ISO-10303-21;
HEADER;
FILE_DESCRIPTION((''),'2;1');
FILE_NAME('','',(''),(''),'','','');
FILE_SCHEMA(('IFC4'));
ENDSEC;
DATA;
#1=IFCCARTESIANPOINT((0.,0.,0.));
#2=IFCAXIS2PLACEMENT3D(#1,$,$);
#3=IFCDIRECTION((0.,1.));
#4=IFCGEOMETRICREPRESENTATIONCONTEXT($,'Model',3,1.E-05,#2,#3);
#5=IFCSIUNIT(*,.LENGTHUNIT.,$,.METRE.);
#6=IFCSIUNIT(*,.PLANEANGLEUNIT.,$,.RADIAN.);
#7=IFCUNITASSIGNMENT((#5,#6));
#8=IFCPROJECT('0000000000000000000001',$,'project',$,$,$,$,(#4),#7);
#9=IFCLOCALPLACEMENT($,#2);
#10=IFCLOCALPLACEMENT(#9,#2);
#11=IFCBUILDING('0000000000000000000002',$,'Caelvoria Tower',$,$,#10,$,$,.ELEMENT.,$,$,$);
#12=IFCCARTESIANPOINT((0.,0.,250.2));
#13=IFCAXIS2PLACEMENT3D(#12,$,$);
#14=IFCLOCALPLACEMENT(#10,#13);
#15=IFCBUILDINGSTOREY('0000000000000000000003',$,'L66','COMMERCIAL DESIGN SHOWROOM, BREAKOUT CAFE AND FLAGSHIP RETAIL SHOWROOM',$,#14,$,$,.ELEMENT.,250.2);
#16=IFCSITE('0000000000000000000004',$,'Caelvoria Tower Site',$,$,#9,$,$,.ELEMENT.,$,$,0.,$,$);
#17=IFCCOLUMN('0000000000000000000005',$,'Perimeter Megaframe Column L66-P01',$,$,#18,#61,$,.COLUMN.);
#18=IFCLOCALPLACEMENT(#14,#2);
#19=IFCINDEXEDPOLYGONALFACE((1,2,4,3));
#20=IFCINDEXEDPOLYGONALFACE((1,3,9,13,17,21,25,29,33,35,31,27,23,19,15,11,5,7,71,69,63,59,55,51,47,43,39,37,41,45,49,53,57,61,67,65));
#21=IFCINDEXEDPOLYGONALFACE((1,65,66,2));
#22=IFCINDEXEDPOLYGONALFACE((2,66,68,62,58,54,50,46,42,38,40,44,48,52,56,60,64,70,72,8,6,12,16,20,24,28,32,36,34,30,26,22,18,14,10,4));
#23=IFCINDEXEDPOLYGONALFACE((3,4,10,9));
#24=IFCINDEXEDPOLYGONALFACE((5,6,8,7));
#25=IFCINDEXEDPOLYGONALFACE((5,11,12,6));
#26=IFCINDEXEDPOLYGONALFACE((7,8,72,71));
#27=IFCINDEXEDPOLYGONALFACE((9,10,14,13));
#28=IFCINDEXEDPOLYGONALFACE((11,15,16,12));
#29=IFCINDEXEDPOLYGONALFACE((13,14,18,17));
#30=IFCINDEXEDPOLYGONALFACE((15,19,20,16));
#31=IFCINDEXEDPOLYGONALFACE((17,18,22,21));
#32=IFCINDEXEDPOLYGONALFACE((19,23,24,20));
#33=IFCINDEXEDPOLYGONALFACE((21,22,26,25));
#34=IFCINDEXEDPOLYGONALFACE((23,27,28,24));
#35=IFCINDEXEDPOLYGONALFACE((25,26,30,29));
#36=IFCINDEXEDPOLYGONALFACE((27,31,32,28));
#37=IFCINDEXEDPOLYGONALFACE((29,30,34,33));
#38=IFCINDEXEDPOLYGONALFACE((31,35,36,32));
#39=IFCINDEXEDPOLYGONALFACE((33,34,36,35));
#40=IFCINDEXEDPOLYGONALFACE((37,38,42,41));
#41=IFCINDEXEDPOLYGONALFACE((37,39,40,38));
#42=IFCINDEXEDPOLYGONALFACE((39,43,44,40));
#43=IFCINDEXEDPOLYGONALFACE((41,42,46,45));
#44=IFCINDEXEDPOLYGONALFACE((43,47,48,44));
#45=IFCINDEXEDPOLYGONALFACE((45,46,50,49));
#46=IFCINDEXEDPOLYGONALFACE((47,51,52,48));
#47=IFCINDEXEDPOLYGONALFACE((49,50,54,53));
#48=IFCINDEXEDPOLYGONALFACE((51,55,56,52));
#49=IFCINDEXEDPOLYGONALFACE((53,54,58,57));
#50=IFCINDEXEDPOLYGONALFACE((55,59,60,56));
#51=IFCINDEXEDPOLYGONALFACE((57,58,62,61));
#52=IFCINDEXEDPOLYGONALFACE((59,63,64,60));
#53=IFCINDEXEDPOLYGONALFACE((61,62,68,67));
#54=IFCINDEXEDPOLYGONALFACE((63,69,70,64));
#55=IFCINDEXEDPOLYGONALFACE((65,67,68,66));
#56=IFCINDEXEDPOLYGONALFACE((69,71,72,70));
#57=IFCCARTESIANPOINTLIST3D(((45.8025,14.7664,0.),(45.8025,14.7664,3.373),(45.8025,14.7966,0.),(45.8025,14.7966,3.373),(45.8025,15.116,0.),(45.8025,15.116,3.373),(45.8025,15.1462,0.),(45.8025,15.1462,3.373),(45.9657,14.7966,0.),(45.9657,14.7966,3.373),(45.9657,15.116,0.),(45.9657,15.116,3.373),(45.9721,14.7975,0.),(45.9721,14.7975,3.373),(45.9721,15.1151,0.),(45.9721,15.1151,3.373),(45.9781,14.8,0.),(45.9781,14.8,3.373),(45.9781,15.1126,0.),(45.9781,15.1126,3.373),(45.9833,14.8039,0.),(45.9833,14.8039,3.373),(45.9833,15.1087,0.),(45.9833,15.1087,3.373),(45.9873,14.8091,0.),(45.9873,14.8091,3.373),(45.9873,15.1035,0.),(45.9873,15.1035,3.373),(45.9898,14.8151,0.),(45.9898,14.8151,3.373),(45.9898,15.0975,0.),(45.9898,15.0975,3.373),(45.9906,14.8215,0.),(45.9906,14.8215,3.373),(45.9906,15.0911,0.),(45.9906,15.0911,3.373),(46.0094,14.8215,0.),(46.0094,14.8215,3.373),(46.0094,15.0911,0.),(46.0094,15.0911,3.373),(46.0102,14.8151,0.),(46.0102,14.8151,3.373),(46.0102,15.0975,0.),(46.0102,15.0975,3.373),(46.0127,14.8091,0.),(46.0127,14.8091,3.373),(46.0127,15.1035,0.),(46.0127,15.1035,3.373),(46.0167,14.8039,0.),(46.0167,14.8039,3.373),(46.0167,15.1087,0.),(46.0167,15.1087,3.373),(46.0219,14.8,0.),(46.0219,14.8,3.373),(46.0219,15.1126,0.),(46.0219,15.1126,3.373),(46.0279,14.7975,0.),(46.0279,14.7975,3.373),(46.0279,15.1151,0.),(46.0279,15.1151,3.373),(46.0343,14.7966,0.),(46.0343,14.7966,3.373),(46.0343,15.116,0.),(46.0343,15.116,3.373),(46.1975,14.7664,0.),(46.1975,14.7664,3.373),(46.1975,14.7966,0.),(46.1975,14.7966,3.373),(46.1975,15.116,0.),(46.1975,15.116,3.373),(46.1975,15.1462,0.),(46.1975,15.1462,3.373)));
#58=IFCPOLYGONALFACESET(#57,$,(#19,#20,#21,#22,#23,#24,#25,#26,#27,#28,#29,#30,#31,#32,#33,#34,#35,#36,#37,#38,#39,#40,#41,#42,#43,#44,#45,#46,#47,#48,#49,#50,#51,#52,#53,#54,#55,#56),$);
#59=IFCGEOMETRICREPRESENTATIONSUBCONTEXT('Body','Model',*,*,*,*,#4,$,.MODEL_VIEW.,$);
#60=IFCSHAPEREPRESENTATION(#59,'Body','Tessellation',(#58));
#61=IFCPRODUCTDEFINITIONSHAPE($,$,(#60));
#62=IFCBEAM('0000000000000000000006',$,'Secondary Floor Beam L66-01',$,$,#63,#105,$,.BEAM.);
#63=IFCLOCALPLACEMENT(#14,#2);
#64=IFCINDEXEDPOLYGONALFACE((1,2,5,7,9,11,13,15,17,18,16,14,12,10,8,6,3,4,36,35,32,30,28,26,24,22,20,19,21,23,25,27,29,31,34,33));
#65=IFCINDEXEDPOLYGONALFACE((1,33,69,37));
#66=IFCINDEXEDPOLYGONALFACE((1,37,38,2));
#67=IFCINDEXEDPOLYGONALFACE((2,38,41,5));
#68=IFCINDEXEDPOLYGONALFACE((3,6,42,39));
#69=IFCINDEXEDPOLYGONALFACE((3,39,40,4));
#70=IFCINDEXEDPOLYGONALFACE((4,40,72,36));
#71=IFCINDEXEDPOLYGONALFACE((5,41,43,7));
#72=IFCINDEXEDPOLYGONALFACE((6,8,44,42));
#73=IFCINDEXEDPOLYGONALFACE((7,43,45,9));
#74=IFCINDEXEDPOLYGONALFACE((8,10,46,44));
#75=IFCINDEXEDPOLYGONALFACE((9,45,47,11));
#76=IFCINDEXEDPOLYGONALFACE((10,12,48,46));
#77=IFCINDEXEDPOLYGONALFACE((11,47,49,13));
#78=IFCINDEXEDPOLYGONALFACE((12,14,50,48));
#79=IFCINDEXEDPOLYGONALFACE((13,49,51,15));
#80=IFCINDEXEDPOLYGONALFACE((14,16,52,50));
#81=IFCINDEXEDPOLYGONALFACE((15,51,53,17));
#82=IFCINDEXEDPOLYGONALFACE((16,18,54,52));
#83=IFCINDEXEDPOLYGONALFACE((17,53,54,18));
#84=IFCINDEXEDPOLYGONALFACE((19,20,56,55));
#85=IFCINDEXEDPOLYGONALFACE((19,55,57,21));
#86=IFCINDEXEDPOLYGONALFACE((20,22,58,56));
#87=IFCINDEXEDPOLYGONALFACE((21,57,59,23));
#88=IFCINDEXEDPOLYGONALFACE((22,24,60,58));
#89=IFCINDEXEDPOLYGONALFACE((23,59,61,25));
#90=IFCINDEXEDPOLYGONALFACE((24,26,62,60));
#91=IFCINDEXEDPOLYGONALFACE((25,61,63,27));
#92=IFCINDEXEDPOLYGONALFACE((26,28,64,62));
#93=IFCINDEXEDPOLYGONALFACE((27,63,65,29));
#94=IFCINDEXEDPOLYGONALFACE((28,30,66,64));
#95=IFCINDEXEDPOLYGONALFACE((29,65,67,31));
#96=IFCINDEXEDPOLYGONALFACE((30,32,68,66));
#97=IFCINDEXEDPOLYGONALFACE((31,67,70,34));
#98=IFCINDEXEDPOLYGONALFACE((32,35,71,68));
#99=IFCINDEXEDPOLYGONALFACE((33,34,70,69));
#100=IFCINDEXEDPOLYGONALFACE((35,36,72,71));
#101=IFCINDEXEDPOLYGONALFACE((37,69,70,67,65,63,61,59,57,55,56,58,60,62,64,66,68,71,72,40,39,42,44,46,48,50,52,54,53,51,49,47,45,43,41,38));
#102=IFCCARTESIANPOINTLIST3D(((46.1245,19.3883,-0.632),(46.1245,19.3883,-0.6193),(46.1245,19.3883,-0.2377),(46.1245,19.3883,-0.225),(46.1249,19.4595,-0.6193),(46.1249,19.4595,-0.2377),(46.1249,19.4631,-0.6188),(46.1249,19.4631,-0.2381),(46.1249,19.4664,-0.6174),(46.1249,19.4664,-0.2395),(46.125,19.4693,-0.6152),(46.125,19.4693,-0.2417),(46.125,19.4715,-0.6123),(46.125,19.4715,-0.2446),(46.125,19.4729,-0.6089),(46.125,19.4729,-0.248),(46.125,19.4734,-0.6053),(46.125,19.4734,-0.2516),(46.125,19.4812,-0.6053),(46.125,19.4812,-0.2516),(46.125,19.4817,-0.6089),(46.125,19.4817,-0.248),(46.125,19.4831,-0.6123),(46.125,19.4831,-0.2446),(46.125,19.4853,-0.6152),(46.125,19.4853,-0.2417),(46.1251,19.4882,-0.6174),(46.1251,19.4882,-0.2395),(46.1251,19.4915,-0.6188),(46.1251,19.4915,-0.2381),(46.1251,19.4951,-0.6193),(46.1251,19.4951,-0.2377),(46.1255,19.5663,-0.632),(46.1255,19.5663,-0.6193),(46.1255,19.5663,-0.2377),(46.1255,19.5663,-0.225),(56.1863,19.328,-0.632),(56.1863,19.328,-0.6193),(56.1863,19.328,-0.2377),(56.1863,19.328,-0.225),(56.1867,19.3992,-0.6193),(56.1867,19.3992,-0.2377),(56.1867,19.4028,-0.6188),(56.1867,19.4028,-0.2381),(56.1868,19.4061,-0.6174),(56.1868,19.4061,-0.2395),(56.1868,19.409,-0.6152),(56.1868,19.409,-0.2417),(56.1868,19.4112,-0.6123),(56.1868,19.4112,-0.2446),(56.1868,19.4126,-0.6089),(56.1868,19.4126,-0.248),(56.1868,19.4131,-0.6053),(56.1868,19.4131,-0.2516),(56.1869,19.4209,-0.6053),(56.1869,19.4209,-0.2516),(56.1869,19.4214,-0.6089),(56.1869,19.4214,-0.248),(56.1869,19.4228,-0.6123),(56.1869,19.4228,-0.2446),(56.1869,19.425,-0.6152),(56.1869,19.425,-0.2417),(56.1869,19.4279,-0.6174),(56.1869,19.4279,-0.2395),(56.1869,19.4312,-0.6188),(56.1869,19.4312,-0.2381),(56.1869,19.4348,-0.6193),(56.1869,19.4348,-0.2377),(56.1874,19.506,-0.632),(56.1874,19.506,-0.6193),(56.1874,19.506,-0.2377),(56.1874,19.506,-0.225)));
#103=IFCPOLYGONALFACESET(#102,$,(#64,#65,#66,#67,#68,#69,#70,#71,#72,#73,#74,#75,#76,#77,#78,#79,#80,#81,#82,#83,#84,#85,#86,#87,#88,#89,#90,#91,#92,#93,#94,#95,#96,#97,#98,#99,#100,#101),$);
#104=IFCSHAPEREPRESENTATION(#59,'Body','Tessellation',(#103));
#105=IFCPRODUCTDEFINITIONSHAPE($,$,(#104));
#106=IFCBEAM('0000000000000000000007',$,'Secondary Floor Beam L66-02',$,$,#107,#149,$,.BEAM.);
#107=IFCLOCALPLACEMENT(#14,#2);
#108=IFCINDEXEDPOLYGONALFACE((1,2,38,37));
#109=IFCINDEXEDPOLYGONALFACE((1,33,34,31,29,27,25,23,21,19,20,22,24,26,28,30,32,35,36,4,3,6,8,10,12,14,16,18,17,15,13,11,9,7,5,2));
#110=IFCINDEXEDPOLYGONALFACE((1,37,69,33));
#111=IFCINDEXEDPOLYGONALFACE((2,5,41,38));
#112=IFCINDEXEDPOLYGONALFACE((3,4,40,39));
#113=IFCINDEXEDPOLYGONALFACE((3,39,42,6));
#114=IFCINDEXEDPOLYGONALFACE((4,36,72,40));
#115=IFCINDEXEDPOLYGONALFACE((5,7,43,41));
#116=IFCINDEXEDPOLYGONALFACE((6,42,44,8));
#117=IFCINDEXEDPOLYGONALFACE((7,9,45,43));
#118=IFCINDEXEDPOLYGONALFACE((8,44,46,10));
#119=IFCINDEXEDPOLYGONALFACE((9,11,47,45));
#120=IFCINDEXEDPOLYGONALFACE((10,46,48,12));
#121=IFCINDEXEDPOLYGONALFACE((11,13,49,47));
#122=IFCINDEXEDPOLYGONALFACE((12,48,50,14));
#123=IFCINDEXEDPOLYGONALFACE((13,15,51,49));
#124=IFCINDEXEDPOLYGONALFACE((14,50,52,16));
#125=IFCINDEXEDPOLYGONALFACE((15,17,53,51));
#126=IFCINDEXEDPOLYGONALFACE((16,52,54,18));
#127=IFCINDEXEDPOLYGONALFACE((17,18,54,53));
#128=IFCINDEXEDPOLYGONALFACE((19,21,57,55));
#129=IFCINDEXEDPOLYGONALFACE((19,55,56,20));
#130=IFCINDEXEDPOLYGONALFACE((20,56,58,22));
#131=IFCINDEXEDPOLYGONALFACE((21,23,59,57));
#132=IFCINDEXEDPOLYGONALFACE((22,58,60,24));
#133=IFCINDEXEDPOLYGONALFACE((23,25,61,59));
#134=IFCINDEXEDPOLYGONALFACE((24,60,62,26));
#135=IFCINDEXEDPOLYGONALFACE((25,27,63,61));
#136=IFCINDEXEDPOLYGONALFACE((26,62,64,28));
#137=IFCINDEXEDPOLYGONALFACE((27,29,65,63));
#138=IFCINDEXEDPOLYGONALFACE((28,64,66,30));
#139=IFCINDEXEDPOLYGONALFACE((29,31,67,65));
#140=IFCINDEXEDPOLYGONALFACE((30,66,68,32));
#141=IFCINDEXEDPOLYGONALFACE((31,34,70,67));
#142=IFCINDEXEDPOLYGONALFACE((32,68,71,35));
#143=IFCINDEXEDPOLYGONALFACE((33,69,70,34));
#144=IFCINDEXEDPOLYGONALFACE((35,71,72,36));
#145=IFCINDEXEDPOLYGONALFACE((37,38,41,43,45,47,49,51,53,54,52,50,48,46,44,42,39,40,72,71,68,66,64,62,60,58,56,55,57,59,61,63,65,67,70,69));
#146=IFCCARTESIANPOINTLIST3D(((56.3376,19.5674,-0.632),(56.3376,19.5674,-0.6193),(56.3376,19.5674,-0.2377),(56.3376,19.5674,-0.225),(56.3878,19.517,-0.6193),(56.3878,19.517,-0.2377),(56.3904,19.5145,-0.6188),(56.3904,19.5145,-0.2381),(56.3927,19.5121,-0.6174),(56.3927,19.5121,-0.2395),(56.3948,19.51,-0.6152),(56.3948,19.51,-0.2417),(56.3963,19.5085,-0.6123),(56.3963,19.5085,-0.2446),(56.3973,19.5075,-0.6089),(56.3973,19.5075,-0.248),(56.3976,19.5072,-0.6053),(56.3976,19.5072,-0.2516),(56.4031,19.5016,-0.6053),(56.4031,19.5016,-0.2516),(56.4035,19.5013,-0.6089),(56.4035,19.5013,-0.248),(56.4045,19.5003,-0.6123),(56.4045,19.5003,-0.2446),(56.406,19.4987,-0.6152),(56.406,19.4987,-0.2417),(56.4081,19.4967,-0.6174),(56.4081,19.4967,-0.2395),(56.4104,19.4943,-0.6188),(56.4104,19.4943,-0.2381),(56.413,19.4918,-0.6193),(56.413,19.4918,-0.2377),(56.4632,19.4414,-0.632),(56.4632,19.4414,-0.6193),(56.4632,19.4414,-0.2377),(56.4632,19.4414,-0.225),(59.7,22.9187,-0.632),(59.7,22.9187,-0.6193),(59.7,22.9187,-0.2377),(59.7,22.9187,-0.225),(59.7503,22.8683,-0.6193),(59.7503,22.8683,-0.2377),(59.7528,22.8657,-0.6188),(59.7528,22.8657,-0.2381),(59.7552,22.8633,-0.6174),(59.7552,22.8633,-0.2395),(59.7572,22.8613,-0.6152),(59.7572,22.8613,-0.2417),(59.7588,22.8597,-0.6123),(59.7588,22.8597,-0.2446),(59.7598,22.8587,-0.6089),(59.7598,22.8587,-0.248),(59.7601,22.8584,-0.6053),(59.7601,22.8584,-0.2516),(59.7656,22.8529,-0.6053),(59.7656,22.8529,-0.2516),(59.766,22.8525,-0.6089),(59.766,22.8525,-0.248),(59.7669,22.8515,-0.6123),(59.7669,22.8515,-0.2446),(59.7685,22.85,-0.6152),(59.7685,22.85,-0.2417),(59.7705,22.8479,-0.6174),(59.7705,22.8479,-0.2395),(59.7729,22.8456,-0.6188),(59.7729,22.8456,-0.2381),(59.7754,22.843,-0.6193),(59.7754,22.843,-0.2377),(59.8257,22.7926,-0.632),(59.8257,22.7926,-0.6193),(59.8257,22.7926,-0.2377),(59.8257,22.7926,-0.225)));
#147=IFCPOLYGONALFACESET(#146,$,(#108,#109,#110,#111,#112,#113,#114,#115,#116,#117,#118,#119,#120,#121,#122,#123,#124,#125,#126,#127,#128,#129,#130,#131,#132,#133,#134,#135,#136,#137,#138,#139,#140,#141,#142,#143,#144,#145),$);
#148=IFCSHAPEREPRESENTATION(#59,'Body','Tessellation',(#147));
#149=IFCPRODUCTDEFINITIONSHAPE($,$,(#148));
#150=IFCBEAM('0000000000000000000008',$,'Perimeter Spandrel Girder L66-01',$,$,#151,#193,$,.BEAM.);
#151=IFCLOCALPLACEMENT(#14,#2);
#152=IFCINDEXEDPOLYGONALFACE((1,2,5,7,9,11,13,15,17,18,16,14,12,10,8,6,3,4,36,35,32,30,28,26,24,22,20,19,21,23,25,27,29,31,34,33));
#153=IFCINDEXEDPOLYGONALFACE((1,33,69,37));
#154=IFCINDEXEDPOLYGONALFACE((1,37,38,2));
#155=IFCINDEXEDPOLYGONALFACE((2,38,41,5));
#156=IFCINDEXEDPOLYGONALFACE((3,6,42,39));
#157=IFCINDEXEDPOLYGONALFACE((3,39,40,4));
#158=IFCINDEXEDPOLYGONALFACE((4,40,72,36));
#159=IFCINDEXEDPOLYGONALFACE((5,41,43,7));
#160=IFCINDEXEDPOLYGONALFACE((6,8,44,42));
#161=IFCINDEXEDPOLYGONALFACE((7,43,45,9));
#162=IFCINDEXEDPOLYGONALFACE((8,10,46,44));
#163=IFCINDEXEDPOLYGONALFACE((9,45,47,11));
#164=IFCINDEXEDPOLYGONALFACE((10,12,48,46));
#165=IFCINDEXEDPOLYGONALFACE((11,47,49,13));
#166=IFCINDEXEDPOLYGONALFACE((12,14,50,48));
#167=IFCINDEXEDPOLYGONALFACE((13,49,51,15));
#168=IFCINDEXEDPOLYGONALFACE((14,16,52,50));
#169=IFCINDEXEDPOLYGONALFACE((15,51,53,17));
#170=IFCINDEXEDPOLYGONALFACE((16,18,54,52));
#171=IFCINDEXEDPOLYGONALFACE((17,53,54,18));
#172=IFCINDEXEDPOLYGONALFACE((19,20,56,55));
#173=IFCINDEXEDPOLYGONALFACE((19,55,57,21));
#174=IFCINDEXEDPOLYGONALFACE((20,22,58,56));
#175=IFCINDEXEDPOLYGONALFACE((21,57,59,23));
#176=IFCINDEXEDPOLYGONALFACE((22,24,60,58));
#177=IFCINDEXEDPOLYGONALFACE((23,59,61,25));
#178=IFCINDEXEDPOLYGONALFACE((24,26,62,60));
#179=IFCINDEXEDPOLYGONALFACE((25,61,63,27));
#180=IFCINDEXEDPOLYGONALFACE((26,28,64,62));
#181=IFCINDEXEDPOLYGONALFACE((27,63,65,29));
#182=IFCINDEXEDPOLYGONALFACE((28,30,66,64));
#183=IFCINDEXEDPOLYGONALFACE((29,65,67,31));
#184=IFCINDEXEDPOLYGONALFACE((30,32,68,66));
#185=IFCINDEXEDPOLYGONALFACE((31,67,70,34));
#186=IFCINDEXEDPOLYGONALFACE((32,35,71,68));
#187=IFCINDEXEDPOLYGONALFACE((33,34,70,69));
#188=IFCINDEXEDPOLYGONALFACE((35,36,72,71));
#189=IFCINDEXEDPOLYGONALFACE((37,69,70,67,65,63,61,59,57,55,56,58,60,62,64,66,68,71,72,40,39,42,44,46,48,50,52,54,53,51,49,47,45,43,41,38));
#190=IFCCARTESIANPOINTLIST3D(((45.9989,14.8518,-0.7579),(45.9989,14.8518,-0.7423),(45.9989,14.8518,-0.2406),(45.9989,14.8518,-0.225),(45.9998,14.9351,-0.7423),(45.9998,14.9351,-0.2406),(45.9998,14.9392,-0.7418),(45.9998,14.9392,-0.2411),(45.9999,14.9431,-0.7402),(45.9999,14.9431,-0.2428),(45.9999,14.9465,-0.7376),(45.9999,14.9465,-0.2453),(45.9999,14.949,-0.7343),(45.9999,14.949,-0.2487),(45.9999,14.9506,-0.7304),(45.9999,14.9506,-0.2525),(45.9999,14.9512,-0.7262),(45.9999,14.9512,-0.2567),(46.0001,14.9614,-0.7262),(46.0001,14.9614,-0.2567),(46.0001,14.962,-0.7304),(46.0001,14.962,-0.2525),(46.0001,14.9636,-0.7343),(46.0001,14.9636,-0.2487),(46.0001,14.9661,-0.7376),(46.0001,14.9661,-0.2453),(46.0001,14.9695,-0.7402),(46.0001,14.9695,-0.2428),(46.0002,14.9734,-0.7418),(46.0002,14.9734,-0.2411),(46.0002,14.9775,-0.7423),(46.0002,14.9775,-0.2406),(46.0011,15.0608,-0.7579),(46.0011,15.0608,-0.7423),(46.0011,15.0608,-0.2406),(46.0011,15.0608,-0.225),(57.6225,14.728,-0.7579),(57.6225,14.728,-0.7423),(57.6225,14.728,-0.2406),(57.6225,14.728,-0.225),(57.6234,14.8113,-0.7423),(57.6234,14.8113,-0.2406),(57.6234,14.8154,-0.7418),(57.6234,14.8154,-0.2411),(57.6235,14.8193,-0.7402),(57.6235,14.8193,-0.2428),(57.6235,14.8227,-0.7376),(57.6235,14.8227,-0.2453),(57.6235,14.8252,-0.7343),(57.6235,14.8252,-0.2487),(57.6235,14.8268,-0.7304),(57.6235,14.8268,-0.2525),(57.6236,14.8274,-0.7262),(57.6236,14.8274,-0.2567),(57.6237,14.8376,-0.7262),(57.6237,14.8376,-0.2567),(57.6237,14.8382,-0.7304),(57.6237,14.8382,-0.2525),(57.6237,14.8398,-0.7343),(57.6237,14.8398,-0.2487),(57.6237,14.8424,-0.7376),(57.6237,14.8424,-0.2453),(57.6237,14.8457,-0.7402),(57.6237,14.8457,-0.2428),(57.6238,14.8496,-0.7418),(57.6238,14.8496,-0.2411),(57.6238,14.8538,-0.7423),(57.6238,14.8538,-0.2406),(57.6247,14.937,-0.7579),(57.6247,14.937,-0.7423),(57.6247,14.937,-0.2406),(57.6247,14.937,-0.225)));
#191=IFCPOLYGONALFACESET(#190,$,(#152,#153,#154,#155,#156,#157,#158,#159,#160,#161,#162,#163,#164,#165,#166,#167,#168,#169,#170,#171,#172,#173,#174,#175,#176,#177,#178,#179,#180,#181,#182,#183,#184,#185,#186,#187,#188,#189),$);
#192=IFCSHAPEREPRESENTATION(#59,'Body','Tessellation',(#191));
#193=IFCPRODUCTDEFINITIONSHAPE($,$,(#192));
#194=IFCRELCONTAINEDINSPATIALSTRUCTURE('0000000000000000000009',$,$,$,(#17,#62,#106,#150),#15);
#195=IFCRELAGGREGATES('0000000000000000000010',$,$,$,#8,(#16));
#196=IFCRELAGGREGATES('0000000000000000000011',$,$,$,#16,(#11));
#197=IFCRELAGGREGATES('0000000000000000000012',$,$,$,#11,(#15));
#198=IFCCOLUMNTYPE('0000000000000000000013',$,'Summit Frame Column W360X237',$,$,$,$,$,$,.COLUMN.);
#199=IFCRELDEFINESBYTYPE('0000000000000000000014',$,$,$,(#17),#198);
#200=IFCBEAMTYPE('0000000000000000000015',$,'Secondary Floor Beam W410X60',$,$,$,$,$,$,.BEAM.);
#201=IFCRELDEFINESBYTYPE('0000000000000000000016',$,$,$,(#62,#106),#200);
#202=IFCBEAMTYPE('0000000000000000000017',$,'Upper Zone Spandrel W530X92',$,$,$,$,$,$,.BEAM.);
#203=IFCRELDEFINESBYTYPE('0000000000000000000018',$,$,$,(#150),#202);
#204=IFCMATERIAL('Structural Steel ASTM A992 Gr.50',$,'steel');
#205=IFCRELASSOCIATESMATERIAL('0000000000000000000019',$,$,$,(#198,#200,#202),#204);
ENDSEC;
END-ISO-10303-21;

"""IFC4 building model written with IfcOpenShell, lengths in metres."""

from ifc_helpers import new_model, si_unit, direction, frame, origin, origin_2d, place, context, subcontext, project, spatial, i_section, extrude, material, material_profile, profile_set, type_object, element, save


model = new_model("IFC4")

# Units and contexts
model_context = context("Model", 3, precision=1e-05, world=origin(), true_north=direction((0.0, 1.0)))
body_context = subcontext(model_context, "Body", "Model", "MODEL_VIEW")
ifc_project = project(units=[si_unit("LENGTHUNIT", "METRE"), si_unit("PLANEANGLEUNIT", "RADIAN")], contexts=[model_context])

# Site, building, storey
site_placement = place(None, origin())
site = spatial("IfcSite", under=ifc_project, at=site_placement, Name="Caelvoria Tower Site", CompositionType="ELEMENT", RefElevation=0.0)
building_placement = place(site_placement, origin())
building = spatial("IfcBuilding", under=site, at=building_placement, Name="Caelvoria Tower", CompositionType="ELEMENT")
storey_placement = place(building_placement, frame((0.0, 0.0, 250.2)))
storey = spatial("IfcBuildingStorey", under=building, at=storey_placement, Name="L66", Description="COMMERCIAL DESIGN SHOWROOM, BREAKOUT CAFE AND FLAGSHIP RETAIL SHOWROOM", CompositionType="ELEMENT", Elevation=250.2)

# Column
ifc_material_1 = material(Name="Structural Steel ASTM A992 Gr.50", Category="steel")
ifc_material_profile_1 = material_profile(ifc_material_1, i_section(OverallWidth=0.395, OverallDepth=0.3799, WebThickness=0.0188, FlangeThickness=0.0303, FilletRadius=0.0249, at=origin_2d()), Name="Structural Steel ASTM A992 Gr.50")
ifc_profile_set_1 = profile_set([ifc_material_profile_1], Name="W360X237 - Structural Steel ASTM A992 Gr.50")
column_type = type_object("IfcColumnType", Name="Summit Frame Column W360X237", PredefinedType="COLUMN", material=ifc_profile_set_1)
column_placement = place(storey_placement, frame((46.0, 14.9563, 0.0), z_axis=(0.0, 0.0, 1.0), x_axis=(1.0, 0.0, 0.0)))
element("IfcColumn", 1, at=column_placement, inside=storey, type_object=column_type, Name="Perimeter Megaframe Column L66-P01", PredefinedType="COLUMN", context=body_context, shape_type="SweptSolid", body=[
    extrude(i_section(OverallWidth=0.395, OverallDepth=0.3799, WebThickness=0.0188, FlangeThickness=0.0303, FilletRadius=0.0249, at=origin_2d()), origin(), (0.0, 0.0, 1.0), 3.373),
])

# Beams
ifc_material_profile_2 = material_profile(ifc_material_1, i_section(OverallWidth=0.178, OverallDepth=0.407, WebThickness=0.0078, FlangeThickness=0.0127, FilletRadius=0.0139, at=origin_2d()), Name="Structural Steel ASTM A992 Gr.50")
ifc_profile_set_2 = profile_set([ifc_material_profile_2], Name="W410X60 - Structural Steel ASTM A992 Gr.50")
beam_type_1 = type_object("IfcBeamType", Name="Secondary Floor Beam W410X60", PredefinedType="BEAM", material=ifc_profile_set_2)
beam_1_placement = place(storey_placement, frame((46.125, 19.4773, -0.4285), z_axis=(0.999982, -0.005993, 0.0), x_axis=(0.005993, 0.999982, 0.0)))
element("IfcBeam", 2, at=beam_1_placement, inside=storey, type_object=beam_type_1, Name="Secondary Floor Beam L66-01", PredefinedType="BEAM", context=body_context, shape_type="SweptSolid", body=[
    extrude(i_section(OverallWidth=0.178, OverallDepth=0.407, WebThickness=0.0078, FlangeThickness=0.0127, FilletRadius=0.0139, at=origin_2d()), origin(), (0.0, 0.0, 1.0), 10.062),
])
beam_2_placement = place(storey_placement, frame((56.4004, 19.5044, -0.4285), z_axis=(0.708289, 0.705923, 0.0), x_axis=(-0.705923, 0.708289, 0.0)))
element("IfcBeam", 3, at=beam_2_placement, inside=storey, type_object=beam_type_1, Name="Secondary Floor Beam L66-02", PredefinedType="BEAM", context=body_context, shape_type="SweptSolid", body=[
    extrude(i_section(OverallWidth=0.178, OverallDepth=0.407, WebThickness=0.0078, FlangeThickness=0.0127, FilletRadius=0.0139, at=origin_2d()), origin(), (0.0, 0.0, 1.0), 4.7473),
])
ifc_material_profile_3 = material_profile(ifc_material_1, i_section(OverallWidth=0.209, OverallDepth=0.533, WebThickness=0.0103, FlangeThickness=0.0156, FilletRadius=0.0161, at=origin_2d()), Name="Structural Steel ASTM A992 Gr.50")
ifc_profile_set_3 = profile_set([ifc_material_profile_3], Name="W530X92 - Structural Steel ASTM A992 Gr.50")
beam_type_2 = type_object("IfcBeamType", Name="Upper Zone Spandrel W530X92", PredefinedType="BEAM", material=ifc_profile_set_3)
beam_3_placement = place(storey_placement, frame((46.0, 14.9563, -0.4915), z_axis=(0.999943, -0.010648, 0.0), x_axis=(0.010648, 0.999943, 0.0)))
element("IfcBeam", 4, at=beam_3_placement, inside=storey, type_object=beam_type_2, Name="Perimeter Spandrel Girder L66-01", PredefinedType="BEAM", context=body_context, shape_type="SweptSolid", body=[
    extrude(i_section(OverallWidth=0.209, OverallDepth=0.533, WebThickness=0.0103, FlangeThickness=0.0156, FilletRadius=0.0161, at=origin_2d()), origin(), (0.0, 0.0, 1.0), 11.6243),
])

save(model, "model.ifc")
